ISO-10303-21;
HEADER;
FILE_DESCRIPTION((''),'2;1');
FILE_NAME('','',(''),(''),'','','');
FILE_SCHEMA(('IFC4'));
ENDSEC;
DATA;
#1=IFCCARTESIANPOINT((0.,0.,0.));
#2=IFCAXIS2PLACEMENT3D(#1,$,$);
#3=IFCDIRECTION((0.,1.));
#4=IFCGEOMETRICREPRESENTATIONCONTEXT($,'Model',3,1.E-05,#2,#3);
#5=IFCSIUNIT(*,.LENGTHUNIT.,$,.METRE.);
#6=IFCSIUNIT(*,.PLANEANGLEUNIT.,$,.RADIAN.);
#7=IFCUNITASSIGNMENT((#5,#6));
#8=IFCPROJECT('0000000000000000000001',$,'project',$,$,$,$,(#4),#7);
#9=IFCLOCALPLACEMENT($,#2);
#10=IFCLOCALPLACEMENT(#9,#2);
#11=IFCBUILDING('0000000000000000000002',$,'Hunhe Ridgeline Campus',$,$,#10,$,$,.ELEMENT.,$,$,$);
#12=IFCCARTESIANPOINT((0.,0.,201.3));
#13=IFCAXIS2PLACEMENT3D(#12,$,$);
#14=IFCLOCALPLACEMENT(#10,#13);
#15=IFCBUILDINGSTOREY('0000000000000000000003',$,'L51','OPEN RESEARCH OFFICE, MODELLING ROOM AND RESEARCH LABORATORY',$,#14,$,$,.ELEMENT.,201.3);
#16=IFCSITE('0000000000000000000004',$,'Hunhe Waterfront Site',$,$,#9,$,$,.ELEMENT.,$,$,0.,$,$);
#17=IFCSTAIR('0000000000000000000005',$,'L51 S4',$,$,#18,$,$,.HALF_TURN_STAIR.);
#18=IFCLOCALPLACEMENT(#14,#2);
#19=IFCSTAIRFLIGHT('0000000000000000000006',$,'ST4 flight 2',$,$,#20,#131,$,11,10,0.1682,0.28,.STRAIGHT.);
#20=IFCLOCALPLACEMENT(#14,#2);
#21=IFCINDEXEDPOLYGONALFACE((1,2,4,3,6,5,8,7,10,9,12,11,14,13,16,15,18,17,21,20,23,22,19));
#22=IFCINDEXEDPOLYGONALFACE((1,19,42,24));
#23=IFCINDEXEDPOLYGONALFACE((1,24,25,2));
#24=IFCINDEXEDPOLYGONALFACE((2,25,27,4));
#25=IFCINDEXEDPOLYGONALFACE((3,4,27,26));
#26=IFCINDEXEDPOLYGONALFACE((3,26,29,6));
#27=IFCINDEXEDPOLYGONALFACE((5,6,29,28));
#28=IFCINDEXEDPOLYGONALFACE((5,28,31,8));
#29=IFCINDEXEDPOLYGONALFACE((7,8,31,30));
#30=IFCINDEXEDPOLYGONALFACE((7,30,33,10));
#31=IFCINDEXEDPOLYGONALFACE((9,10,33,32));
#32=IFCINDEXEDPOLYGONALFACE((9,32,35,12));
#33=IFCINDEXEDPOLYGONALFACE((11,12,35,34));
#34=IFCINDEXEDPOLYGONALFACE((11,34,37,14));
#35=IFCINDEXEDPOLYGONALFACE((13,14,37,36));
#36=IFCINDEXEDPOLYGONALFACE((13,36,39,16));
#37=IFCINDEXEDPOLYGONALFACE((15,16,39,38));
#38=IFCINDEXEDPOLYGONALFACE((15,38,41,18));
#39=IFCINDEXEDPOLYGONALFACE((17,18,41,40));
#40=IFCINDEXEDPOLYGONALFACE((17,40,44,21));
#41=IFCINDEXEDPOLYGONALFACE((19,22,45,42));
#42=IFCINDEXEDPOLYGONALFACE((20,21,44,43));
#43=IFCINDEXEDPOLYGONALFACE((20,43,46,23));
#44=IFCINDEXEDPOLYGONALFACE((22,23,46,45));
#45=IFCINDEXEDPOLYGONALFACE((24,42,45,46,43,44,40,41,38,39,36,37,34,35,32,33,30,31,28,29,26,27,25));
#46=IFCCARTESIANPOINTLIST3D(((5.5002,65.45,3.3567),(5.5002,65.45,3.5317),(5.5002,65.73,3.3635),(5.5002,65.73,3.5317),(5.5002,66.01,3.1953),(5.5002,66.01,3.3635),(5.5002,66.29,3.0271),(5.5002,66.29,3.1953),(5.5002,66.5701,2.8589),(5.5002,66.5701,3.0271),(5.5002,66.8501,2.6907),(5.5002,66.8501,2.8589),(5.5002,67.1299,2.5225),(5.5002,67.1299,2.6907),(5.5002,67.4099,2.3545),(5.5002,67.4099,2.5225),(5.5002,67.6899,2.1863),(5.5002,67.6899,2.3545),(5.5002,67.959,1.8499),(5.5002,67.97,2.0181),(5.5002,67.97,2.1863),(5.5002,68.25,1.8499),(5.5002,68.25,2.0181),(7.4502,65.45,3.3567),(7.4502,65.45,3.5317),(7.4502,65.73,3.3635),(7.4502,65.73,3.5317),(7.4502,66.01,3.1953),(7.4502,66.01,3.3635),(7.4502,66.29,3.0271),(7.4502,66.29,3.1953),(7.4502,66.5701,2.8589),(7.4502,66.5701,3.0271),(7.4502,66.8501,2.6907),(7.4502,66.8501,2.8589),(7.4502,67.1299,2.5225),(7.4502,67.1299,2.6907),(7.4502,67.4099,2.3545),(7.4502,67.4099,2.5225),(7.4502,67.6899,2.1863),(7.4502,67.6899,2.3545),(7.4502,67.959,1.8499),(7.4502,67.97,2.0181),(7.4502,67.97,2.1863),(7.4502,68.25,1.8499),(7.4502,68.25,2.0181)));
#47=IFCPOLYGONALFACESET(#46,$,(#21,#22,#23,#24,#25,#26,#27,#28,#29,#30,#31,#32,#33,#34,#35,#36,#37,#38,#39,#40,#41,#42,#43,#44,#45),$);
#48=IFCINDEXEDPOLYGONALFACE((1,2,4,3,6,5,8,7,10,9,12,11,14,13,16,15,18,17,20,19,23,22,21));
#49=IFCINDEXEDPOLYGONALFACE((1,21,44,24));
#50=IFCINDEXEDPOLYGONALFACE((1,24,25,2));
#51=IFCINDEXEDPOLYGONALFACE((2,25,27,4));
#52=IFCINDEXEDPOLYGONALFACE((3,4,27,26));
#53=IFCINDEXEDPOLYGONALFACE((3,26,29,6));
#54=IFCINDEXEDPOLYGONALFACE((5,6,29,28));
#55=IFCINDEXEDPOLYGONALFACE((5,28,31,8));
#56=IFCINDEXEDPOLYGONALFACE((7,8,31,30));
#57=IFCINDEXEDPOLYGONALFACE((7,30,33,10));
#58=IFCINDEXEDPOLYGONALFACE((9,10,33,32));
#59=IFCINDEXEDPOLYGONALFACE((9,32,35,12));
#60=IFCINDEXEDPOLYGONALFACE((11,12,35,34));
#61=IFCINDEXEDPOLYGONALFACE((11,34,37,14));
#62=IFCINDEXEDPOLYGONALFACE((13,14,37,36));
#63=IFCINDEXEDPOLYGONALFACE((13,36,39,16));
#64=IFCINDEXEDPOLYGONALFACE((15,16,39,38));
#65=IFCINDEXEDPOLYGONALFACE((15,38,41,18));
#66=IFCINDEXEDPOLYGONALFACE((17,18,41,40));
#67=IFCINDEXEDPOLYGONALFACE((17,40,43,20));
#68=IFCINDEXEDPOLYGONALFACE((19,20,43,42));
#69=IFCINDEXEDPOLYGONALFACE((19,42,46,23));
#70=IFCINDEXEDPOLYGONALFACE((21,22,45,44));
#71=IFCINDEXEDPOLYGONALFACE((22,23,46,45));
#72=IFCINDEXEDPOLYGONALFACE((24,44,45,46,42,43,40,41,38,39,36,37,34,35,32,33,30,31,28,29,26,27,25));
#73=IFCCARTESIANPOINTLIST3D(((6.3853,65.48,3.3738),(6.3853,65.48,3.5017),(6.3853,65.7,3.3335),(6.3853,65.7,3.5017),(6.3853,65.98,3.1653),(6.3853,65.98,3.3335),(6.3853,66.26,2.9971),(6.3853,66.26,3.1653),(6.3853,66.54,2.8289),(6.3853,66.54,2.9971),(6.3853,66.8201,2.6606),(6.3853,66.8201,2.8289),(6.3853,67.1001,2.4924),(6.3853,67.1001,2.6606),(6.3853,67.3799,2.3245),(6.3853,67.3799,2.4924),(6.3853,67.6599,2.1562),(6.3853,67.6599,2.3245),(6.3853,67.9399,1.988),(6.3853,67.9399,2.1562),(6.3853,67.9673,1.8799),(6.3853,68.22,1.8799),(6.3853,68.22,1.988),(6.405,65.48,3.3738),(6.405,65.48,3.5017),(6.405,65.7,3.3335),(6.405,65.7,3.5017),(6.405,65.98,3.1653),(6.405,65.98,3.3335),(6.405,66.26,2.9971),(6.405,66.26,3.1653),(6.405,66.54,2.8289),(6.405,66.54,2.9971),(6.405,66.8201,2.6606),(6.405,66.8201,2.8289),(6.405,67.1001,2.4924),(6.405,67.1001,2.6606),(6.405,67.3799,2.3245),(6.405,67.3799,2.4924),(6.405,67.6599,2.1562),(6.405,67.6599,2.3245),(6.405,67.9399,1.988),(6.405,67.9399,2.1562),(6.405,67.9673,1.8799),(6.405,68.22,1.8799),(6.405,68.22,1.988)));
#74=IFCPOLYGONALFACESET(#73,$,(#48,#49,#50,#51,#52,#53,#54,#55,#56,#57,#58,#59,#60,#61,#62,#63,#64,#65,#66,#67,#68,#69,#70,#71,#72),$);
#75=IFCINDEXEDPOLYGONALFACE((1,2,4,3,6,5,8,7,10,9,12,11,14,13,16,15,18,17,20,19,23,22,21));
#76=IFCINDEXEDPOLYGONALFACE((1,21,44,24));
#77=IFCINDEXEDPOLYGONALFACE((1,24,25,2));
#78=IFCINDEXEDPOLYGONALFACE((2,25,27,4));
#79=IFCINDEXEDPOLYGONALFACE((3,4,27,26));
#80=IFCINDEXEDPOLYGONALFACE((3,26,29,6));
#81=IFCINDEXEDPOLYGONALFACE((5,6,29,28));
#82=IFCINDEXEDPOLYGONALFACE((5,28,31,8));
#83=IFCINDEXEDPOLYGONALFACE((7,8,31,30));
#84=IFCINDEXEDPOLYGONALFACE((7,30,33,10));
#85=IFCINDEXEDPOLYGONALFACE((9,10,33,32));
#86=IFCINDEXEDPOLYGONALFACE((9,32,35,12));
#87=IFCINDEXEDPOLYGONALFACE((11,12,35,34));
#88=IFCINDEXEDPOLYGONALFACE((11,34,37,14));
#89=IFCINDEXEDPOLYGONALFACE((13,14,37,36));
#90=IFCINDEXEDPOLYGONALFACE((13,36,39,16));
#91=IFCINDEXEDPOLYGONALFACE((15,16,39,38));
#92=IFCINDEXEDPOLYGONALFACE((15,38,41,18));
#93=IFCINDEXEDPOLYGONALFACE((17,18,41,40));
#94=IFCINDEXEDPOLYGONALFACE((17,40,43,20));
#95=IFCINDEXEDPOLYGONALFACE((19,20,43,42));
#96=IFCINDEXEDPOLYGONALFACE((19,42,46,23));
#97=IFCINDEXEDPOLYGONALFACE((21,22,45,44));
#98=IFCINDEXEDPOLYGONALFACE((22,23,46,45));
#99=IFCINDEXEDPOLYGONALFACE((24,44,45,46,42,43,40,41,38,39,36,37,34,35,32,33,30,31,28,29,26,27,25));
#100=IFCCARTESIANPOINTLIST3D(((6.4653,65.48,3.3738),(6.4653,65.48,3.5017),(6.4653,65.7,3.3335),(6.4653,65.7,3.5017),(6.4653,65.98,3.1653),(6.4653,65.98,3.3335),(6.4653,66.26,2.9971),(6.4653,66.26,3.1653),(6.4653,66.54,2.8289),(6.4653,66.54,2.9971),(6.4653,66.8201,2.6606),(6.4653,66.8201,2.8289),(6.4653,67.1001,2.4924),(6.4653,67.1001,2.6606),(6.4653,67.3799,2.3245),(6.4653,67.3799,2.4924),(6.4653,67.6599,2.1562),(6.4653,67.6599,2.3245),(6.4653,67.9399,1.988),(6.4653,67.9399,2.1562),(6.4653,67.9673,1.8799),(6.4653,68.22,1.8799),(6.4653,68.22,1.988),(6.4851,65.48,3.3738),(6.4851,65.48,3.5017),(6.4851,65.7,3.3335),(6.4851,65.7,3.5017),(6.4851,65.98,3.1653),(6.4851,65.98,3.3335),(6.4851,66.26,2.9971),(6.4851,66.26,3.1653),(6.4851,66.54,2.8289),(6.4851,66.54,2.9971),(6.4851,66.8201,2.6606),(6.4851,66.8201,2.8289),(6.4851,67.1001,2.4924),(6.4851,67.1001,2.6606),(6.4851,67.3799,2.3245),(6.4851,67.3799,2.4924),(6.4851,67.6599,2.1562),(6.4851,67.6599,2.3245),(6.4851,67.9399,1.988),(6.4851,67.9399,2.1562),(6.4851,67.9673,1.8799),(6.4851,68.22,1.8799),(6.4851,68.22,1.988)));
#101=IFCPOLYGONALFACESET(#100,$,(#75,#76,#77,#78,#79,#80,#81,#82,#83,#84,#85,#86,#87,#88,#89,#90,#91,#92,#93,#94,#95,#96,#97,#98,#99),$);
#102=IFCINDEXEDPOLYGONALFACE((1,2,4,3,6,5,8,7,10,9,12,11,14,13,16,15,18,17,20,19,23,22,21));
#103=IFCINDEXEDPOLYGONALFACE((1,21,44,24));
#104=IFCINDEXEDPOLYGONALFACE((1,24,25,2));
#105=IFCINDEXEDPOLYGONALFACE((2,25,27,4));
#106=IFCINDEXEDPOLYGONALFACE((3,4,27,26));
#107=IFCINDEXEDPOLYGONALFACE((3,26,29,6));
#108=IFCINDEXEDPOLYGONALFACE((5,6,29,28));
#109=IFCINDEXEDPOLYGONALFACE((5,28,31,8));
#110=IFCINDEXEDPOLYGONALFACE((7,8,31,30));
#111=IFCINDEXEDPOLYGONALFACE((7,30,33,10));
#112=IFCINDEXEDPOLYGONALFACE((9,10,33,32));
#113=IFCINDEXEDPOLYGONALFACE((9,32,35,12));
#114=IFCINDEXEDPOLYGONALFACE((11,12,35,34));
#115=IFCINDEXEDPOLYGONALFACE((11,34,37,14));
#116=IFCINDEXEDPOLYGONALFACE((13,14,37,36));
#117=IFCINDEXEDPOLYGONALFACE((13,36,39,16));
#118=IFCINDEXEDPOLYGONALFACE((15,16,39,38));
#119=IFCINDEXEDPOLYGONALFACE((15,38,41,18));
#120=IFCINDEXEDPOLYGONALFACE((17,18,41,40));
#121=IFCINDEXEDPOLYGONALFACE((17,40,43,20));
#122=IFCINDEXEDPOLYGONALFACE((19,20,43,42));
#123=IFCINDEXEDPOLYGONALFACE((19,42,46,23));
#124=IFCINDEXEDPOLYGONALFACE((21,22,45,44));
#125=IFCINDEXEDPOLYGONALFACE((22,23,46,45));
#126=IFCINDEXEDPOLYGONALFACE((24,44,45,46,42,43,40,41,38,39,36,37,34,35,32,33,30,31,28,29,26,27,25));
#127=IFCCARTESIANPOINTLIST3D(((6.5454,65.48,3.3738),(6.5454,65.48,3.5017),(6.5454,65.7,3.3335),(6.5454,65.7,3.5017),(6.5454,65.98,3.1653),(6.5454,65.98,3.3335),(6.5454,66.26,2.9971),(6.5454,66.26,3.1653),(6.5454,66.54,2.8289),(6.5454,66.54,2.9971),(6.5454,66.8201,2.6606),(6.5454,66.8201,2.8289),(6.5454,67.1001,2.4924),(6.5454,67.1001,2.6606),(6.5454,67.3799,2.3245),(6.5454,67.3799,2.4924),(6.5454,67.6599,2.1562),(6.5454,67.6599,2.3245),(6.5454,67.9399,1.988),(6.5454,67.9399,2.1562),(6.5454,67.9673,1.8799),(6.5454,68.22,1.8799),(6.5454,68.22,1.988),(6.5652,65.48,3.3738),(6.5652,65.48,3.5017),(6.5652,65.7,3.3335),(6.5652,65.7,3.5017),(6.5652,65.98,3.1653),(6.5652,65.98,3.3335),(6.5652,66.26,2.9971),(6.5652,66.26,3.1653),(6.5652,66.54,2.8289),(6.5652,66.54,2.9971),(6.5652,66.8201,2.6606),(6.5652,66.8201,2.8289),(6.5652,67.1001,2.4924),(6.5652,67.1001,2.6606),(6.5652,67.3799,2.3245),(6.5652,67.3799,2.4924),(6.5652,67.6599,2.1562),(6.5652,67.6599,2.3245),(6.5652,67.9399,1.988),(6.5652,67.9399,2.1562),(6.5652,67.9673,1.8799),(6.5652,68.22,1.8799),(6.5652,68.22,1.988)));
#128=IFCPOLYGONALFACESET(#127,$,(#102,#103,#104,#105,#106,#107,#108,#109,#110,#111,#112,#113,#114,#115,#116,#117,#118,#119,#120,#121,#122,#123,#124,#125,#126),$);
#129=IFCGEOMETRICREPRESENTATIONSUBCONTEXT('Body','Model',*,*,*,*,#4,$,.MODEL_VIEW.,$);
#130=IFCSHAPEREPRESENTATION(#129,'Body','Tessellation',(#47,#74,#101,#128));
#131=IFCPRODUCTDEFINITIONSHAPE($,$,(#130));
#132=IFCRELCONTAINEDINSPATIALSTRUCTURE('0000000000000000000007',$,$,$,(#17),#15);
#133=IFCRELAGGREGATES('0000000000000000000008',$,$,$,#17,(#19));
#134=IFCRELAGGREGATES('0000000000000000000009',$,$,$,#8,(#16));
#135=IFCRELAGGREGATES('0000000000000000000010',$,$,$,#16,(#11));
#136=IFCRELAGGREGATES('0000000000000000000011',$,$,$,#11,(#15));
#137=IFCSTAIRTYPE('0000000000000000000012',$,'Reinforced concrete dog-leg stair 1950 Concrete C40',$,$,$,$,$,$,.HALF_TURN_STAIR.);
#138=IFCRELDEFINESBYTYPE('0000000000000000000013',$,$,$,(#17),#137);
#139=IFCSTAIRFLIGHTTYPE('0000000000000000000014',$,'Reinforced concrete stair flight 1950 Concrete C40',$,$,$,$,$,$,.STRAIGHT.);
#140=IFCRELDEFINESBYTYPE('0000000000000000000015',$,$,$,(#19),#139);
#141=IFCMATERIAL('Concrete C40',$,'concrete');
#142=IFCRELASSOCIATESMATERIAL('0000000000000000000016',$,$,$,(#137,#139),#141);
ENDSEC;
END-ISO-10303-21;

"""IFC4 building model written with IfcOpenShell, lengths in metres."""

from ifc_helpers import new_model, si_unit, direction, frame, origin, place, context, subcontext, project, spatial, polyline, outline, extrude, material, type_object, element, aggregate, save


model = new_model("IFC4")

# Units and contexts
model_context = context("Model", 3, precision=1e-05, world=origin(), true_north=direction((0.0, 1.0)))
body_context = subcontext(model_context, "Body", "Model", "MODEL_VIEW")
ifc_project = project(units=[si_unit("LENGTHUNIT", "METRE"), si_unit("PLANEANGLEUNIT", "RADIAN")], contexts=[model_context])

# Site, building, storey
site_placement = place(None, origin())
site = spatial("IfcSite", under=ifc_project, at=site_placement, Name="Hunhe Waterfront Site", CompositionType="ELEMENT", RefElevation=0.0)
building_placement = place(site_placement, origin())
building = spatial("IfcBuilding", under=site, at=building_placement, Name="Hunhe Ridgeline Campus", CompositionType="ELEMENT")
storey_placement = place(building_placement, frame((0.0, 0.0, 201.3)))
storey = spatial("IfcBuildingStorey", under=building, at=storey_placement, Name="L51", Description="OPEN RESEARCH OFFICE, MODELLING ROOM AND RESEARCH LABORATORY", CompositionType="ELEMENT", Elevation=201.3)

# Stair, stair flight
ifc_material_1 = material(Name="Concrete C40", Category="concrete")
stair_type = type_object("IfcStairType", Name="Reinforced concrete dog-leg stair 1950 Concrete C40", PredefinedType="HALF_TURN_STAIR", material=ifc_material_1)
stair_placement = place(storey_placement, origin())
stair = element("IfcStair", 1, at=stair_placement, inside=storey, type_object=stair_type, Name="L51 S4", PredefinedType="HALF_TURN_STAIR")
stair_flight_type = type_object("IfcStairFlightType", Name="Reinforced concrete stair flight 1950 Concrete C40", PredefinedType="STRAIGHT", material=ifc_material_1)
stair_flight_placement = place(storey_placement, frame((6.4751, 68.25, 1.8499), z_axis=(0.0, 0.0, 1.0), x_axis=(0.0, -1.0, 0.0)))
stair_flight = element("IfcStairFlight", 2, at=stair_flight_placement, type_object=stair_flight_type, Name="ST4 flight 2", NumberOfRisers=11, NumberOfTreads=10, PredefinedType="STRAIGHT", RiserHeight=0.1682, TreadLength=0.28, context=body_context, shape_type="SweptSolid", body=[
    extrude(outline(polyline([(0.0, 0.0), (0.0, 0.1682), (0.28, 0.1682), (0.28, 0.3364), (0.5601, 0.3364), (0.5601, 0.5046), (0.8401, 0.5046), (0.8401, 0.6726), (1.1201, 0.6726), (1.1201, 0.8408), (1.3999, 0.8408), (1.3999, 1.009), (1.6799, 1.009), (1.6799, 1.1772), (1.96, 1.1772), (1.96, 1.3455), (2.24, 1.3455), (2.24, 1.5137), (2.52, 1.5137), (2.52, 1.6819), (2.8, 1.6819), (2.8, 1.8501), (2.8, 1.5068), (0.291, 0.0), (0.0, 0.0)])), frame((0.0, 0.9751, 0.0), z_axis=(0.0, -1.0, 0.0), x_axis=(1.0, 0.0, 0.0)), (0.0, 0.0, 1.0), 1.95),
    extrude(outline(polyline([(0.03, 0.03), (0.03, 0.1382), (0.3101, 0.1382), (0.3101, 0.3064), (0.5901, 0.3064), (0.5901, 0.4746), (0.8701, 0.4746), (0.8701, 0.6426), (1.1499, 0.6426), (1.1499, 0.8108), (1.4299, 0.8108), (1.4299, 0.979), (1.71, 0.979), (1.71, 1.1472), (1.99, 1.1472), (1.99, 1.3154), (2.27, 1.3154), (2.27, 1.4836), (2.55, 1.4836), (2.55, 1.6519), (2.77, 1.6519), (2.77, 1.5239), (0.2827, 0.03), (0.03, 0.03)])), frame((0.0, -0.0701, 0.0), z_axis=(0.0, -1.0, 0.0), x_axis=(1.0, 0.0, 0.0)), (0.0, 0.0, 1.0), 0.0198),
    extrude(outline(polyline([(0.03, 0.03), (0.03, 0.1382), (0.3101, 0.1382), (0.3101, 0.3064), (0.5901, 0.3064), (0.5901, 0.4746), (0.8701, 0.4746), (0.8701, 0.6426), (1.1499, 0.6426), (1.1499, 0.8108), (1.4299, 0.8108), (1.4299, 0.979), (1.71, 0.979), (1.71, 1.1472), (1.99, 1.1472), (1.99, 1.3154), (2.27, 1.3154), (2.27, 1.4836), (2.55, 1.4836), (2.55, 1.6519), (2.77, 1.6519), (2.77, 1.5239), (0.2827, 0.03), (0.03, 0.03)])), frame((0.0, 0.01, 0.0), z_axis=(0.0, -1.0, 0.0), x_axis=(1.0, 0.0, 0.0)), (0.0, 0.0, 1.0), 0.0198),
    extrude(outline(polyline([(0.03, 0.03), (0.03, 0.1382), (0.3101, 0.1382), (0.3101, 0.3064), (0.5901, 0.3064), (0.5901, 0.4746), (0.8701, 0.4746), (0.8701, 0.6426), (1.1499, 0.6426), (1.1499, 0.8108), (1.4299, 0.8108), (1.4299, 0.979), (1.71, 0.979), (1.71, 1.1472), (1.99, 1.1472), (1.99, 1.3154), (2.27, 1.3154), (2.27, 1.4836), (2.55, 1.4836), (2.55, 1.6519), (2.77, 1.6519), (2.77, 1.5239), (0.2827, 0.03), (0.03, 0.03)])), frame((0.0, 0.0901, 0.0), z_axis=(0.0, -1.0, 0.0), x_axis=(1.0, 0.0, 0.0)), (0.0, 0.0, 1.0), 0.0198),
])
aggregate(stair, [stair_flight])

save(model, "model.ifc")
